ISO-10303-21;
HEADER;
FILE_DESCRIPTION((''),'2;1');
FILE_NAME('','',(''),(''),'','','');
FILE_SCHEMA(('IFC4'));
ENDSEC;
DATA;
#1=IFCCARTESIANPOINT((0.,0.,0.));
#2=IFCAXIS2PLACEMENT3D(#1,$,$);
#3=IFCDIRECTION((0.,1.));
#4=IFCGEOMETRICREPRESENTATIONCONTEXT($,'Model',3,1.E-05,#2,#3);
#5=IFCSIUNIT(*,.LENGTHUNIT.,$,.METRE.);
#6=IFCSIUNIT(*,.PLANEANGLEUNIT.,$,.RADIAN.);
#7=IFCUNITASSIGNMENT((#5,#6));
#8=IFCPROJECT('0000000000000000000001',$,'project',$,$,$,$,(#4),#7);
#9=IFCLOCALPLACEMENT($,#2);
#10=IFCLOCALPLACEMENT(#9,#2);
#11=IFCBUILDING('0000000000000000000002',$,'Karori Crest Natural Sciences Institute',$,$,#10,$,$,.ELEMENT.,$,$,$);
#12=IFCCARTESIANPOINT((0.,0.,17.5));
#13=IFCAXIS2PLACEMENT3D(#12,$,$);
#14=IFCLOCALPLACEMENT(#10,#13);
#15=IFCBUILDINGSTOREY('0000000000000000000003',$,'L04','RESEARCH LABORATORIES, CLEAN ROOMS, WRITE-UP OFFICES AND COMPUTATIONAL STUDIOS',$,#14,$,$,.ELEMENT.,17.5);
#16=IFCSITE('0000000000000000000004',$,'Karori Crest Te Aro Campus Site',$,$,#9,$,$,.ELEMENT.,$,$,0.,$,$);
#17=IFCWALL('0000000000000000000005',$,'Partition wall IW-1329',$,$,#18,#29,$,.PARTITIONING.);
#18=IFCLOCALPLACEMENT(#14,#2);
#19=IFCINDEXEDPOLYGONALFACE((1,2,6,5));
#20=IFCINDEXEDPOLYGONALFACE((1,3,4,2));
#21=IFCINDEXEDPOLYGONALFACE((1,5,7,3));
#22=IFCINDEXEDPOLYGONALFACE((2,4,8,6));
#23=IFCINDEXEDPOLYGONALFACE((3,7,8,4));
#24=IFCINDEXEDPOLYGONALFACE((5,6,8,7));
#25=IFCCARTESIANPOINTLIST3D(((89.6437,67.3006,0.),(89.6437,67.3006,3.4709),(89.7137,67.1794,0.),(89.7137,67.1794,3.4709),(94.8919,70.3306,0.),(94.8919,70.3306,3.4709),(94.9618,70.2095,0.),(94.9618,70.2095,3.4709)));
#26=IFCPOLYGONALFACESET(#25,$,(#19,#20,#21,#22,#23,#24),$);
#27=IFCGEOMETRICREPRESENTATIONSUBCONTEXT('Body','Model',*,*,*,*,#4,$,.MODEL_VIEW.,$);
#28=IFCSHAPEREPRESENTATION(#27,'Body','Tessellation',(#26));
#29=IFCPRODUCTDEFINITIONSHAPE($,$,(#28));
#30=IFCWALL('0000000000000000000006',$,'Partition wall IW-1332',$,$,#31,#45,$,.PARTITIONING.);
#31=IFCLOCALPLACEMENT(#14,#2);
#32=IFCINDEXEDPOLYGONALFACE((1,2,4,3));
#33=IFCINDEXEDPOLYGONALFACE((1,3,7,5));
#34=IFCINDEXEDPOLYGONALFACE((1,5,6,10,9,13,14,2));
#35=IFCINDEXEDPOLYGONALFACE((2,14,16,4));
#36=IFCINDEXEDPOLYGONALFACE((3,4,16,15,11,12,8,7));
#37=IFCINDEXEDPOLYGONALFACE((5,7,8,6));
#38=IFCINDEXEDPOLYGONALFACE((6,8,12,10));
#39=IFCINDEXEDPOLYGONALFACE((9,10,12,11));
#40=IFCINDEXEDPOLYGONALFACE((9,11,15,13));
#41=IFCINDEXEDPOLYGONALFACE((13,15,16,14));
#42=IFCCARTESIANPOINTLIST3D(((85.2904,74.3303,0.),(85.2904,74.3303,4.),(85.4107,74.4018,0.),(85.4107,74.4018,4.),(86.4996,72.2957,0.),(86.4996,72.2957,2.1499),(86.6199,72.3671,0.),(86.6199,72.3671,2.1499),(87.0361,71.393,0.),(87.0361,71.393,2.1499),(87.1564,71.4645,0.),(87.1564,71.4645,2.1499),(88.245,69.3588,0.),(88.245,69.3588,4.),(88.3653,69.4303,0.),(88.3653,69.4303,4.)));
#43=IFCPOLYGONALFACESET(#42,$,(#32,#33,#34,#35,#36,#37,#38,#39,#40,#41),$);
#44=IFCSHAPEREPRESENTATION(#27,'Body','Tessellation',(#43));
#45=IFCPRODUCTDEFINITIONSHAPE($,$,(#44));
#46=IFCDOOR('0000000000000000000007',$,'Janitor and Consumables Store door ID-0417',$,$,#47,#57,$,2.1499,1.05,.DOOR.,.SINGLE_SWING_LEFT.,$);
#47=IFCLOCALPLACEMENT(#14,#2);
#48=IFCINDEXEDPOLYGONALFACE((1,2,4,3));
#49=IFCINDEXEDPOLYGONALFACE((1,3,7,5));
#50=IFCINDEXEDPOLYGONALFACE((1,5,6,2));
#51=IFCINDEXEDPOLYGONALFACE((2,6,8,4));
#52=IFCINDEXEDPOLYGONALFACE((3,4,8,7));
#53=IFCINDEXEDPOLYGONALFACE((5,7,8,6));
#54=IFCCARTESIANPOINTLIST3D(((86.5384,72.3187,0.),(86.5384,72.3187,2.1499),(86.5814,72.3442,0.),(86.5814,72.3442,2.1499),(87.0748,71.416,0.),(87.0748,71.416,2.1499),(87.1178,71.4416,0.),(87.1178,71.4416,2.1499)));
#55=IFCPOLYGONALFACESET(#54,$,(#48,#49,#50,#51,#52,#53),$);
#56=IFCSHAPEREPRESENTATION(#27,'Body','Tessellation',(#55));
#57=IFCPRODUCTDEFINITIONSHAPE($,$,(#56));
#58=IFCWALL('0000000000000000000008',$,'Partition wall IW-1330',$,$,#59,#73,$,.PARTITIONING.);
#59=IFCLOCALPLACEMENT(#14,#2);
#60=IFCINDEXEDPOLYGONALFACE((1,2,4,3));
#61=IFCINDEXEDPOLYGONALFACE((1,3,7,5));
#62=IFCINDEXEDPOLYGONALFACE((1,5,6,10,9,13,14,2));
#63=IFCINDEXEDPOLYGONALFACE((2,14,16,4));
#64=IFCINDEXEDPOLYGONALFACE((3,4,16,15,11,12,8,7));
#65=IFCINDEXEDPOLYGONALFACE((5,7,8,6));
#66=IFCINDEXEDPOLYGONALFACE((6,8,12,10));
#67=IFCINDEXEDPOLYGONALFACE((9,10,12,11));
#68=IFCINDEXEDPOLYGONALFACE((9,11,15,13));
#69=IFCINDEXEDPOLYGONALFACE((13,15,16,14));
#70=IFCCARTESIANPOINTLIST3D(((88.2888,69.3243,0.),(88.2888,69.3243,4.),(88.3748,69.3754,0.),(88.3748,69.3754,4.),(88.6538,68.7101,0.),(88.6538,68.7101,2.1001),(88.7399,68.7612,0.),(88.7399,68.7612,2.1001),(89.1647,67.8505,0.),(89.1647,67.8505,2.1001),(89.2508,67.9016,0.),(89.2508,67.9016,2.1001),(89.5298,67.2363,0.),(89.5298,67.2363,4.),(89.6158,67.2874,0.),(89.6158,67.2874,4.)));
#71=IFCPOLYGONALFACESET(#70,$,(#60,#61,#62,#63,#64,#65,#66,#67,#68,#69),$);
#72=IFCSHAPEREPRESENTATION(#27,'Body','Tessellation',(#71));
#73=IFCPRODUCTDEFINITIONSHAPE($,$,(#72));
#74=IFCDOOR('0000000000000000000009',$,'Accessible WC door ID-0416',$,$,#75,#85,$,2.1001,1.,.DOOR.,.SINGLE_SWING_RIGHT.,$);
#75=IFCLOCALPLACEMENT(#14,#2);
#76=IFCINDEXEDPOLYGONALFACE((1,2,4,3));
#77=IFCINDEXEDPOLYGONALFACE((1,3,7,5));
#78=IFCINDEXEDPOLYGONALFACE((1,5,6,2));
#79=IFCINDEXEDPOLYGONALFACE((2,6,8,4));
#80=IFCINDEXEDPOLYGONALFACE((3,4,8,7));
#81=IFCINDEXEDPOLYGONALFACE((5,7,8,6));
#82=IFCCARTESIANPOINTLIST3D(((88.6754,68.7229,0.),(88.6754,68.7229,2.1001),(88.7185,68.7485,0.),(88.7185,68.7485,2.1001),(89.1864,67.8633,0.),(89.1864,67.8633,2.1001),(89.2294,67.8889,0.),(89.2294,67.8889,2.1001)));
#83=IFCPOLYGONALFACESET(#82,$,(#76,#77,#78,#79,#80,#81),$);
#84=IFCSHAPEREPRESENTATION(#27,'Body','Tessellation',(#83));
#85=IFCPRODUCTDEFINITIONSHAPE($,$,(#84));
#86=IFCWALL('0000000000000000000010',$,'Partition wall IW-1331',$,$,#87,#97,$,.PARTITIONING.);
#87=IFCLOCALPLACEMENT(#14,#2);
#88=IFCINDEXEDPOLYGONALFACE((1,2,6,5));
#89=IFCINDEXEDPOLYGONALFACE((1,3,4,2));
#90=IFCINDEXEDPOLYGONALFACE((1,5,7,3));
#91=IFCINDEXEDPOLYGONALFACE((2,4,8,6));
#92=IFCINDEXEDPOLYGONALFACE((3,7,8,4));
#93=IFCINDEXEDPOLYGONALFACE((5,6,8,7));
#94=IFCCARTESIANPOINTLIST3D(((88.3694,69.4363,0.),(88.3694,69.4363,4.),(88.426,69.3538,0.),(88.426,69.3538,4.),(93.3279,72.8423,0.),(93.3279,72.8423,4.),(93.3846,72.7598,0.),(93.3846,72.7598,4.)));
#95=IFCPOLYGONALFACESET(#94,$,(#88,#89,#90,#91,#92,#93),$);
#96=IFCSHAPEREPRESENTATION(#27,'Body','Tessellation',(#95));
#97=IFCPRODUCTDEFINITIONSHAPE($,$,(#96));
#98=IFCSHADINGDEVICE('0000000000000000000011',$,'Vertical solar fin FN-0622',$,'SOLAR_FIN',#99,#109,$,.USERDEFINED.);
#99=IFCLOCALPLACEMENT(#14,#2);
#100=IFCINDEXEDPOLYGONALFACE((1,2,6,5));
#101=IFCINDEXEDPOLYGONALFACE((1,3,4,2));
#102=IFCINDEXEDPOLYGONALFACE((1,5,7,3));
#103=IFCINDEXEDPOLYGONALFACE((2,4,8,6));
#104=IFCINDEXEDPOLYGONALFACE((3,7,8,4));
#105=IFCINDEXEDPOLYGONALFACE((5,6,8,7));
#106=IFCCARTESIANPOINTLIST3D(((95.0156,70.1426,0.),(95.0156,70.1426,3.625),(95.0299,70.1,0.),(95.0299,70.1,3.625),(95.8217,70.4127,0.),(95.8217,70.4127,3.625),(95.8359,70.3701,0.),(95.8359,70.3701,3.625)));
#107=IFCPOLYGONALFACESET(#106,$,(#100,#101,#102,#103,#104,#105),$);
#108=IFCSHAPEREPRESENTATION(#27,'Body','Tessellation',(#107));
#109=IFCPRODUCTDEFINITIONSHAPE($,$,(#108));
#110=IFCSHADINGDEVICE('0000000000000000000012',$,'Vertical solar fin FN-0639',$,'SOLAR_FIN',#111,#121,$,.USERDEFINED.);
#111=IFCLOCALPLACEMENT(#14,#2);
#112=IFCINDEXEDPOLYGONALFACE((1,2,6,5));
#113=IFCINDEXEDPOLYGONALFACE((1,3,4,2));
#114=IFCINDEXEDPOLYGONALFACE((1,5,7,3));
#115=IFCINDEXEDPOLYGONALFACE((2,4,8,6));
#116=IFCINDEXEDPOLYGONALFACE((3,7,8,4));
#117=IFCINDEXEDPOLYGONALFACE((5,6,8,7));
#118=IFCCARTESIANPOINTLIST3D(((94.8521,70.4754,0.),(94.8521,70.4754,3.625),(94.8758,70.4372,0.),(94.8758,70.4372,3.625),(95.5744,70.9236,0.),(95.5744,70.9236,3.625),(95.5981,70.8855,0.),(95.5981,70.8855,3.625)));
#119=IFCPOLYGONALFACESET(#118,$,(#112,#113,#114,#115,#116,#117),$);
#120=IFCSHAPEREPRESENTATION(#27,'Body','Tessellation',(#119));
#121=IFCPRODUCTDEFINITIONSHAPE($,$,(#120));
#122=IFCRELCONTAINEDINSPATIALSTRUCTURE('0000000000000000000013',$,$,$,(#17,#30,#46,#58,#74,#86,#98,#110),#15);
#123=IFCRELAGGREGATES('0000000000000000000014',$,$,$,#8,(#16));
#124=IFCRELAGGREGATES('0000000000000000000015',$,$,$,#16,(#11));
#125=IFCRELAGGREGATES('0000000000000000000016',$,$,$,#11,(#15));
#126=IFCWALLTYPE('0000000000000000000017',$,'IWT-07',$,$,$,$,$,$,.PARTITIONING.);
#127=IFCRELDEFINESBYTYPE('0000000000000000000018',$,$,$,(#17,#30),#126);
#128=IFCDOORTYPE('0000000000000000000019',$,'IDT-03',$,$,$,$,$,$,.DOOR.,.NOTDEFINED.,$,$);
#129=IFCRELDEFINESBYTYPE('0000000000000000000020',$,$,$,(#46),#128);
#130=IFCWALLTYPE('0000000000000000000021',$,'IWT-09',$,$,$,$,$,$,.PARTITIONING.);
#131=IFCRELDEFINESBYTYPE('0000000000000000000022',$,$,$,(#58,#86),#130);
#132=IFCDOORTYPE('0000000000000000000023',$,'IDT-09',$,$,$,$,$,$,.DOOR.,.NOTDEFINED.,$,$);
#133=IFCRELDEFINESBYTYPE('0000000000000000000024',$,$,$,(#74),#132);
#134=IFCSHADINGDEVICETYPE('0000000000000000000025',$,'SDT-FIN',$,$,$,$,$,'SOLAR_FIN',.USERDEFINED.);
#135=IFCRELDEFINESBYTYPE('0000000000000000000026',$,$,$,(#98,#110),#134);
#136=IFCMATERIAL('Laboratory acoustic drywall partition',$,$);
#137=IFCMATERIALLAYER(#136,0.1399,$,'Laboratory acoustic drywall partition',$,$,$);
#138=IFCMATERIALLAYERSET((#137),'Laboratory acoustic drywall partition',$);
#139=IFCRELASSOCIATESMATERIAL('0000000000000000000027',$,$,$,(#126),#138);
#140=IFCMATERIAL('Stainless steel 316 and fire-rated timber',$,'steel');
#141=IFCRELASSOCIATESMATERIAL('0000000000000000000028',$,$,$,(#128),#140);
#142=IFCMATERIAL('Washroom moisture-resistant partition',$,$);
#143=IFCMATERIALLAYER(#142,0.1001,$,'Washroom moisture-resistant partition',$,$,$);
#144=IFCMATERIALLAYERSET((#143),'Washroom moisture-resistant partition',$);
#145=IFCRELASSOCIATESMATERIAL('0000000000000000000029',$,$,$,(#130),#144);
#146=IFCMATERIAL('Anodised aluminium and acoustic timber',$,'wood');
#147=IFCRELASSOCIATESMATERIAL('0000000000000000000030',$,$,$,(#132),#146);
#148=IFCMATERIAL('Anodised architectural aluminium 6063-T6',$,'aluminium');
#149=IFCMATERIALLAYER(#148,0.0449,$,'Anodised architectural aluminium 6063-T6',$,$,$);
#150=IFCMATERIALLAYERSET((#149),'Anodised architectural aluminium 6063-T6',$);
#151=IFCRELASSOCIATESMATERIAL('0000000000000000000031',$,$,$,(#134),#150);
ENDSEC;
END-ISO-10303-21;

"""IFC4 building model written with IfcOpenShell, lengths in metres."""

from ifc_helpers import new_model, si_unit, direction, frame, frame_2d, origin, origin_2d, place, context, subcontext, project, spatial, rectangle, extrude, material, layer, layer_set, type_object, element, fill, save


model = new_model("IFC4")

# Units and contexts
model_context = context("Model", 3, precision=1e-05, world=origin(), true_north=direction((0.0, 1.0)))
body_context = subcontext(model_context, "Body", "Model", "MODEL_VIEW")
ifc_project = project(units=[si_unit("LENGTHUNIT", "METRE"), si_unit("PLANEANGLEUNIT", "RADIAN")], contexts=[model_context])

# Site, building, storey
site_placement = place(None, origin())
site = spatial("IfcSite", under=ifc_project, at=site_placement, Name="Karori Crest Te Aro Campus Site", CompositionType="ELEMENT", RefElevation=0.0)
building_placement = place(site_placement, origin())
building = spatial("IfcBuilding", under=site, at=building_placement, Name="Karori Crest Natural Sciences Institute", CompositionType="ELEMENT")
storey_placement = place(building_placement, frame((0.0, 0.0, 17.5)))
storey = spatial("IfcBuildingStorey", under=building, at=storey_placement, Name="L04", Description="RESEARCH LABORATORIES, CLEAN ROOMS, WRITE-UP OFFICES AND COMPUTATIONAL STUDIOS", CompositionType="ELEMENT", Elevation=17.5)

# Shared definitions
ifc_material_1 = material(Name="Anodised architectural aluminium 6063-T6", Category="aluminium")

# Wall
ifc_material_2 = material(Name="Laboratory acoustic drywall partition")
ifc_layer_1 = layer(ifc_material_2, 0.1399, Name="Laboratory acoustic drywall partition")
ifc_layer_set_1 = layer_set([ifc_layer_1], Name="Laboratory acoustic drywall partition")
wall_type_1 = type_object("IfcWallType", Name="IWT-07", PredefinedType="PARTITIONING", material=ifc_layer_set_1)
wall_1_placement = place(storey_placement, frame((89.6787, 67.24, 0.0), z_axis=(0.0, 0.0, 1.0), x_axis=(0.866021, 0.500008, 0.0)))
element("IfcWall", 1, at=wall_1_placement, inside=storey, type_object=wall_type_1, Name="Partition wall IW-1329", PredefinedType="PARTITIONING", context=body_context, shape_type="SweptSolid", body=[
    extrude(rectangle(XDim=6.0601, YDim=0.1399, at=frame_2d((3.03, 0.0))), origin(), (0.0, 0.0, 1.0), 3.4709),
])

# Walls, openings, doors
wall_2_placement = place(storey_placement, frame((88.3052, 69.3945, 0.0), z_axis=(0.0, 0.0, 1.0), x_axis=(-0.510897, 0.859642, 0.0)))
wall_2 = element("IfcWall", 2, at=wall_2_placement, inside=storey, type_object=wall_type_1, Name="Partition wall IW-1332", PredefinedType="PARTITIONING", context=body_context, shape_type="SweptSolid", body=[
    extrude(rectangle(XDim=5.7832, YDim=0.1399, at=frame_2d((2.8916, 0.0))), origin(), (0.0, 0.0, 1.0), 4.0),
])
opening_1_placement = place(wall_2_placement, frame((2.3665, 0.0, 0.0)))
opening_1 = element("IfcOpeningElement", 3, at=opening_1_placement, cuts=wall_2, PredefinedType="OPENING", context=body_context, shape_type="SweptSolid", body=[
    extrude(rectangle(XDim=1.05, YDim=2.1499, at=frame_2d((0.5249, 1.075))), frame((0.0, 0.0801, 0.0), z_axis=(0.0, -1.0, 0.0), x_axis=(1.0, 0.0, 0.0)), (0.0, 0.0, 1.0), 0.1599),
])
ifc_material_3 = material(Name="Stainless steel 316 and fire-rated timber", Category="steel")
door_type_1 = type_object("IfcDoorType", Name="IDT-03", OperationType="NOTDEFINED", PredefinedType="DOOR", material=ifc_material_3)
door_1_placement = place(opening_1_placement, origin())
door_1 = element("IfcDoor", 4, at=door_1_placement, inside=storey, type_object=door_type_1, Name="Janitor and Consumables Store door ID-0417", OperationType="SINGLE_SWING_LEFT", OverallHeight=2.1499, OverallWidth=1.05, PredefinedType="DOOR", context=body_context, shape_type="SweptSolid", body=[
    extrude(rectangle(XDim=1.05, YDim=2.1499, at=frame_2d((0.5249, 1.075))), frame((0.0, 0.0249, 0.0), z_axis=(0.0, -1.0, 0.0), x_axis=(1.0, 0.0, 0.0)), (0.0, 0.0, 1.0), 0.05),
])
fill(opening_1, door_1)
ifc_material_4 = material(Name="Washroom moisture-resistant partition")
ifc_layer_2 = layer(ifc_material_4, 0.1001, Name="Washroom moisture-resistant partition")
ifc_layer_set_2 = layer_set([ifc_layer_2], Name="Washroom moisture-resistant partition")
wall_type_2 = type_object("IfcWallType", Name="IWT-09", PredefinedType="PARTITIONING", material=ifc_layer_set_2)
wall_3_placement = place(storey_placement, frame((89.5728, 67.262, 0.0), z_axis=(0.0, 0.0, 1.0), x_axis=(-0.510929, 0.859623, 0.0)))
wall_3 = element("IfcWall", 5, at=wall_3_placement, inside=storey, type_object=wall_type_2, Name="Partition wall IW-1330", PredefinedType="PARTITIONING", context=body_context, shape_type="SweptSolid", body=[
    extrude(rectangle(XDim=2.429, YDim=0.1001, at=frame_2d((1.2144, 0.0))), origin(), (0.0, 0.0, 1.0), 4.0),
])
opening_2_placement = place(wall_3_placement, frame((0.7144, 0.0, 0.0)))
opening_2 = element("IfcOpeningElement", 6, at=opening_2_placement, cuts=wall_3, PredefinedType="OPENING", context=body_context, shape_type="SweptSolid", body=[
    extrude(rectangle(XDim=1.0, YDim=2.1001, at=frame_2d((0.5, 1.05))), frame((0.0, 0.0601, 0.0), z_axis=(0.0, -1.0, 0.0), x_axis=(1.0, 0.0, 0.0)), (0.0, 0.0, 1.0), 0.1201),
])
ifc_material_5 = material(Name="Anodised aluminium and acoustic timber", Category="wood")
door_type_2 = type_object("IfcDoorType", Name="IDT-09", OperationType="NOTDEFINED", PredefinedType="DOOR", material=ifc_material_5)
door_2_placement = place(opening_2_placement, origin())
door_2 = element("IfcDoor", 7, at=door_2_placement, inside=storey, type_object=door_type_2, Name="Accessible WC door ID-0416", OperationType="SINGLE_SWING_RIGHT", OverallHeight=2.1001, OverallWidth=1.0, PredefinedType="DOOR", context=body_context, shape_type="SweptSolid", body=[
    extrude(rectangle(XDim=1.0, YDim=2.1001, at=frame_2d((0.5, 1.05))), frame((0.0, 0.0249, 0.0), z_axis=(0.0, -1.0, 0.0), x_axis=(1.0, 0.0, 0.0)), (0.0, 0.0, 1.0), 0.05),
])
fill(opening_2, door_2)

# Wall
wall_4_placement = place(storey_placement, frame((88.3977, 69.395, 0.0), z_axis=(0.0, 0.0, 1.0), x_axis=(0.824272, 0.566195, 0.0)))
element("IfcWall", 8, at=wall_4_placement, inside=storey, type_object=wall_type_2, Name="Partition wall IW-1331", PredefinedType="PARTITIONING", context=body_context, shape_type="SweptSolid", body=[
    extrude(rectangle(XDim=6.0156, YDim=0.1001, at=frame_2d((3.0078, 0.0))), origin(), (0.0, 0.0, 1.0), 4.0),
])

# Shading devices
ifc_layer_3 = layer(ifc_material_1, 0.0449, Name="Anodised architectural aluminium 6063-T6")
ifc_layer_set_3 = layer_set([ifc_layer_3], Name="Anodised architectural aluminium 6063-T6")
shading_device_type = type_object("IfcShadingDeviceType", Name="SDT-FIN", ElementType="SOLAR_FIN", PredefinedType="USERDEFINED", material=ifc_layer_set_3)
for number, where, z_axis, x_axis, name in (
    (9, (95.4258, 70.2563, 0.0), (0.0, 0.0, 1.0), (0.948198, 0.31768, 0.0), "Vertical solar fin FN-0622"),
    (10, (95.2251, 70.6804, 0.0), (0.0, 0.0, 1.0), (0.849662, 0.527328, 0.0), "Vertical solar fin FN-0639"),
):
    element("IfcShadingDevice", number, at=place(storey_placement, frame(where, z_axis=z_axis, x_axis=x_axis)), inside=storey, type_object=shading_device_type, Name=name, ObjectType="SOLAR_FIN", PredefinedType="USERDEFINED", context=body_context, shape_type="SweptSolid", body=[
        extrude(rectangle(XDim=0.8501, YDim=0.0449, at=origin_2d()), origin(), (0.0, 0.0, 1.0), 3.625),
    ])

save(model, "model.ifc")
